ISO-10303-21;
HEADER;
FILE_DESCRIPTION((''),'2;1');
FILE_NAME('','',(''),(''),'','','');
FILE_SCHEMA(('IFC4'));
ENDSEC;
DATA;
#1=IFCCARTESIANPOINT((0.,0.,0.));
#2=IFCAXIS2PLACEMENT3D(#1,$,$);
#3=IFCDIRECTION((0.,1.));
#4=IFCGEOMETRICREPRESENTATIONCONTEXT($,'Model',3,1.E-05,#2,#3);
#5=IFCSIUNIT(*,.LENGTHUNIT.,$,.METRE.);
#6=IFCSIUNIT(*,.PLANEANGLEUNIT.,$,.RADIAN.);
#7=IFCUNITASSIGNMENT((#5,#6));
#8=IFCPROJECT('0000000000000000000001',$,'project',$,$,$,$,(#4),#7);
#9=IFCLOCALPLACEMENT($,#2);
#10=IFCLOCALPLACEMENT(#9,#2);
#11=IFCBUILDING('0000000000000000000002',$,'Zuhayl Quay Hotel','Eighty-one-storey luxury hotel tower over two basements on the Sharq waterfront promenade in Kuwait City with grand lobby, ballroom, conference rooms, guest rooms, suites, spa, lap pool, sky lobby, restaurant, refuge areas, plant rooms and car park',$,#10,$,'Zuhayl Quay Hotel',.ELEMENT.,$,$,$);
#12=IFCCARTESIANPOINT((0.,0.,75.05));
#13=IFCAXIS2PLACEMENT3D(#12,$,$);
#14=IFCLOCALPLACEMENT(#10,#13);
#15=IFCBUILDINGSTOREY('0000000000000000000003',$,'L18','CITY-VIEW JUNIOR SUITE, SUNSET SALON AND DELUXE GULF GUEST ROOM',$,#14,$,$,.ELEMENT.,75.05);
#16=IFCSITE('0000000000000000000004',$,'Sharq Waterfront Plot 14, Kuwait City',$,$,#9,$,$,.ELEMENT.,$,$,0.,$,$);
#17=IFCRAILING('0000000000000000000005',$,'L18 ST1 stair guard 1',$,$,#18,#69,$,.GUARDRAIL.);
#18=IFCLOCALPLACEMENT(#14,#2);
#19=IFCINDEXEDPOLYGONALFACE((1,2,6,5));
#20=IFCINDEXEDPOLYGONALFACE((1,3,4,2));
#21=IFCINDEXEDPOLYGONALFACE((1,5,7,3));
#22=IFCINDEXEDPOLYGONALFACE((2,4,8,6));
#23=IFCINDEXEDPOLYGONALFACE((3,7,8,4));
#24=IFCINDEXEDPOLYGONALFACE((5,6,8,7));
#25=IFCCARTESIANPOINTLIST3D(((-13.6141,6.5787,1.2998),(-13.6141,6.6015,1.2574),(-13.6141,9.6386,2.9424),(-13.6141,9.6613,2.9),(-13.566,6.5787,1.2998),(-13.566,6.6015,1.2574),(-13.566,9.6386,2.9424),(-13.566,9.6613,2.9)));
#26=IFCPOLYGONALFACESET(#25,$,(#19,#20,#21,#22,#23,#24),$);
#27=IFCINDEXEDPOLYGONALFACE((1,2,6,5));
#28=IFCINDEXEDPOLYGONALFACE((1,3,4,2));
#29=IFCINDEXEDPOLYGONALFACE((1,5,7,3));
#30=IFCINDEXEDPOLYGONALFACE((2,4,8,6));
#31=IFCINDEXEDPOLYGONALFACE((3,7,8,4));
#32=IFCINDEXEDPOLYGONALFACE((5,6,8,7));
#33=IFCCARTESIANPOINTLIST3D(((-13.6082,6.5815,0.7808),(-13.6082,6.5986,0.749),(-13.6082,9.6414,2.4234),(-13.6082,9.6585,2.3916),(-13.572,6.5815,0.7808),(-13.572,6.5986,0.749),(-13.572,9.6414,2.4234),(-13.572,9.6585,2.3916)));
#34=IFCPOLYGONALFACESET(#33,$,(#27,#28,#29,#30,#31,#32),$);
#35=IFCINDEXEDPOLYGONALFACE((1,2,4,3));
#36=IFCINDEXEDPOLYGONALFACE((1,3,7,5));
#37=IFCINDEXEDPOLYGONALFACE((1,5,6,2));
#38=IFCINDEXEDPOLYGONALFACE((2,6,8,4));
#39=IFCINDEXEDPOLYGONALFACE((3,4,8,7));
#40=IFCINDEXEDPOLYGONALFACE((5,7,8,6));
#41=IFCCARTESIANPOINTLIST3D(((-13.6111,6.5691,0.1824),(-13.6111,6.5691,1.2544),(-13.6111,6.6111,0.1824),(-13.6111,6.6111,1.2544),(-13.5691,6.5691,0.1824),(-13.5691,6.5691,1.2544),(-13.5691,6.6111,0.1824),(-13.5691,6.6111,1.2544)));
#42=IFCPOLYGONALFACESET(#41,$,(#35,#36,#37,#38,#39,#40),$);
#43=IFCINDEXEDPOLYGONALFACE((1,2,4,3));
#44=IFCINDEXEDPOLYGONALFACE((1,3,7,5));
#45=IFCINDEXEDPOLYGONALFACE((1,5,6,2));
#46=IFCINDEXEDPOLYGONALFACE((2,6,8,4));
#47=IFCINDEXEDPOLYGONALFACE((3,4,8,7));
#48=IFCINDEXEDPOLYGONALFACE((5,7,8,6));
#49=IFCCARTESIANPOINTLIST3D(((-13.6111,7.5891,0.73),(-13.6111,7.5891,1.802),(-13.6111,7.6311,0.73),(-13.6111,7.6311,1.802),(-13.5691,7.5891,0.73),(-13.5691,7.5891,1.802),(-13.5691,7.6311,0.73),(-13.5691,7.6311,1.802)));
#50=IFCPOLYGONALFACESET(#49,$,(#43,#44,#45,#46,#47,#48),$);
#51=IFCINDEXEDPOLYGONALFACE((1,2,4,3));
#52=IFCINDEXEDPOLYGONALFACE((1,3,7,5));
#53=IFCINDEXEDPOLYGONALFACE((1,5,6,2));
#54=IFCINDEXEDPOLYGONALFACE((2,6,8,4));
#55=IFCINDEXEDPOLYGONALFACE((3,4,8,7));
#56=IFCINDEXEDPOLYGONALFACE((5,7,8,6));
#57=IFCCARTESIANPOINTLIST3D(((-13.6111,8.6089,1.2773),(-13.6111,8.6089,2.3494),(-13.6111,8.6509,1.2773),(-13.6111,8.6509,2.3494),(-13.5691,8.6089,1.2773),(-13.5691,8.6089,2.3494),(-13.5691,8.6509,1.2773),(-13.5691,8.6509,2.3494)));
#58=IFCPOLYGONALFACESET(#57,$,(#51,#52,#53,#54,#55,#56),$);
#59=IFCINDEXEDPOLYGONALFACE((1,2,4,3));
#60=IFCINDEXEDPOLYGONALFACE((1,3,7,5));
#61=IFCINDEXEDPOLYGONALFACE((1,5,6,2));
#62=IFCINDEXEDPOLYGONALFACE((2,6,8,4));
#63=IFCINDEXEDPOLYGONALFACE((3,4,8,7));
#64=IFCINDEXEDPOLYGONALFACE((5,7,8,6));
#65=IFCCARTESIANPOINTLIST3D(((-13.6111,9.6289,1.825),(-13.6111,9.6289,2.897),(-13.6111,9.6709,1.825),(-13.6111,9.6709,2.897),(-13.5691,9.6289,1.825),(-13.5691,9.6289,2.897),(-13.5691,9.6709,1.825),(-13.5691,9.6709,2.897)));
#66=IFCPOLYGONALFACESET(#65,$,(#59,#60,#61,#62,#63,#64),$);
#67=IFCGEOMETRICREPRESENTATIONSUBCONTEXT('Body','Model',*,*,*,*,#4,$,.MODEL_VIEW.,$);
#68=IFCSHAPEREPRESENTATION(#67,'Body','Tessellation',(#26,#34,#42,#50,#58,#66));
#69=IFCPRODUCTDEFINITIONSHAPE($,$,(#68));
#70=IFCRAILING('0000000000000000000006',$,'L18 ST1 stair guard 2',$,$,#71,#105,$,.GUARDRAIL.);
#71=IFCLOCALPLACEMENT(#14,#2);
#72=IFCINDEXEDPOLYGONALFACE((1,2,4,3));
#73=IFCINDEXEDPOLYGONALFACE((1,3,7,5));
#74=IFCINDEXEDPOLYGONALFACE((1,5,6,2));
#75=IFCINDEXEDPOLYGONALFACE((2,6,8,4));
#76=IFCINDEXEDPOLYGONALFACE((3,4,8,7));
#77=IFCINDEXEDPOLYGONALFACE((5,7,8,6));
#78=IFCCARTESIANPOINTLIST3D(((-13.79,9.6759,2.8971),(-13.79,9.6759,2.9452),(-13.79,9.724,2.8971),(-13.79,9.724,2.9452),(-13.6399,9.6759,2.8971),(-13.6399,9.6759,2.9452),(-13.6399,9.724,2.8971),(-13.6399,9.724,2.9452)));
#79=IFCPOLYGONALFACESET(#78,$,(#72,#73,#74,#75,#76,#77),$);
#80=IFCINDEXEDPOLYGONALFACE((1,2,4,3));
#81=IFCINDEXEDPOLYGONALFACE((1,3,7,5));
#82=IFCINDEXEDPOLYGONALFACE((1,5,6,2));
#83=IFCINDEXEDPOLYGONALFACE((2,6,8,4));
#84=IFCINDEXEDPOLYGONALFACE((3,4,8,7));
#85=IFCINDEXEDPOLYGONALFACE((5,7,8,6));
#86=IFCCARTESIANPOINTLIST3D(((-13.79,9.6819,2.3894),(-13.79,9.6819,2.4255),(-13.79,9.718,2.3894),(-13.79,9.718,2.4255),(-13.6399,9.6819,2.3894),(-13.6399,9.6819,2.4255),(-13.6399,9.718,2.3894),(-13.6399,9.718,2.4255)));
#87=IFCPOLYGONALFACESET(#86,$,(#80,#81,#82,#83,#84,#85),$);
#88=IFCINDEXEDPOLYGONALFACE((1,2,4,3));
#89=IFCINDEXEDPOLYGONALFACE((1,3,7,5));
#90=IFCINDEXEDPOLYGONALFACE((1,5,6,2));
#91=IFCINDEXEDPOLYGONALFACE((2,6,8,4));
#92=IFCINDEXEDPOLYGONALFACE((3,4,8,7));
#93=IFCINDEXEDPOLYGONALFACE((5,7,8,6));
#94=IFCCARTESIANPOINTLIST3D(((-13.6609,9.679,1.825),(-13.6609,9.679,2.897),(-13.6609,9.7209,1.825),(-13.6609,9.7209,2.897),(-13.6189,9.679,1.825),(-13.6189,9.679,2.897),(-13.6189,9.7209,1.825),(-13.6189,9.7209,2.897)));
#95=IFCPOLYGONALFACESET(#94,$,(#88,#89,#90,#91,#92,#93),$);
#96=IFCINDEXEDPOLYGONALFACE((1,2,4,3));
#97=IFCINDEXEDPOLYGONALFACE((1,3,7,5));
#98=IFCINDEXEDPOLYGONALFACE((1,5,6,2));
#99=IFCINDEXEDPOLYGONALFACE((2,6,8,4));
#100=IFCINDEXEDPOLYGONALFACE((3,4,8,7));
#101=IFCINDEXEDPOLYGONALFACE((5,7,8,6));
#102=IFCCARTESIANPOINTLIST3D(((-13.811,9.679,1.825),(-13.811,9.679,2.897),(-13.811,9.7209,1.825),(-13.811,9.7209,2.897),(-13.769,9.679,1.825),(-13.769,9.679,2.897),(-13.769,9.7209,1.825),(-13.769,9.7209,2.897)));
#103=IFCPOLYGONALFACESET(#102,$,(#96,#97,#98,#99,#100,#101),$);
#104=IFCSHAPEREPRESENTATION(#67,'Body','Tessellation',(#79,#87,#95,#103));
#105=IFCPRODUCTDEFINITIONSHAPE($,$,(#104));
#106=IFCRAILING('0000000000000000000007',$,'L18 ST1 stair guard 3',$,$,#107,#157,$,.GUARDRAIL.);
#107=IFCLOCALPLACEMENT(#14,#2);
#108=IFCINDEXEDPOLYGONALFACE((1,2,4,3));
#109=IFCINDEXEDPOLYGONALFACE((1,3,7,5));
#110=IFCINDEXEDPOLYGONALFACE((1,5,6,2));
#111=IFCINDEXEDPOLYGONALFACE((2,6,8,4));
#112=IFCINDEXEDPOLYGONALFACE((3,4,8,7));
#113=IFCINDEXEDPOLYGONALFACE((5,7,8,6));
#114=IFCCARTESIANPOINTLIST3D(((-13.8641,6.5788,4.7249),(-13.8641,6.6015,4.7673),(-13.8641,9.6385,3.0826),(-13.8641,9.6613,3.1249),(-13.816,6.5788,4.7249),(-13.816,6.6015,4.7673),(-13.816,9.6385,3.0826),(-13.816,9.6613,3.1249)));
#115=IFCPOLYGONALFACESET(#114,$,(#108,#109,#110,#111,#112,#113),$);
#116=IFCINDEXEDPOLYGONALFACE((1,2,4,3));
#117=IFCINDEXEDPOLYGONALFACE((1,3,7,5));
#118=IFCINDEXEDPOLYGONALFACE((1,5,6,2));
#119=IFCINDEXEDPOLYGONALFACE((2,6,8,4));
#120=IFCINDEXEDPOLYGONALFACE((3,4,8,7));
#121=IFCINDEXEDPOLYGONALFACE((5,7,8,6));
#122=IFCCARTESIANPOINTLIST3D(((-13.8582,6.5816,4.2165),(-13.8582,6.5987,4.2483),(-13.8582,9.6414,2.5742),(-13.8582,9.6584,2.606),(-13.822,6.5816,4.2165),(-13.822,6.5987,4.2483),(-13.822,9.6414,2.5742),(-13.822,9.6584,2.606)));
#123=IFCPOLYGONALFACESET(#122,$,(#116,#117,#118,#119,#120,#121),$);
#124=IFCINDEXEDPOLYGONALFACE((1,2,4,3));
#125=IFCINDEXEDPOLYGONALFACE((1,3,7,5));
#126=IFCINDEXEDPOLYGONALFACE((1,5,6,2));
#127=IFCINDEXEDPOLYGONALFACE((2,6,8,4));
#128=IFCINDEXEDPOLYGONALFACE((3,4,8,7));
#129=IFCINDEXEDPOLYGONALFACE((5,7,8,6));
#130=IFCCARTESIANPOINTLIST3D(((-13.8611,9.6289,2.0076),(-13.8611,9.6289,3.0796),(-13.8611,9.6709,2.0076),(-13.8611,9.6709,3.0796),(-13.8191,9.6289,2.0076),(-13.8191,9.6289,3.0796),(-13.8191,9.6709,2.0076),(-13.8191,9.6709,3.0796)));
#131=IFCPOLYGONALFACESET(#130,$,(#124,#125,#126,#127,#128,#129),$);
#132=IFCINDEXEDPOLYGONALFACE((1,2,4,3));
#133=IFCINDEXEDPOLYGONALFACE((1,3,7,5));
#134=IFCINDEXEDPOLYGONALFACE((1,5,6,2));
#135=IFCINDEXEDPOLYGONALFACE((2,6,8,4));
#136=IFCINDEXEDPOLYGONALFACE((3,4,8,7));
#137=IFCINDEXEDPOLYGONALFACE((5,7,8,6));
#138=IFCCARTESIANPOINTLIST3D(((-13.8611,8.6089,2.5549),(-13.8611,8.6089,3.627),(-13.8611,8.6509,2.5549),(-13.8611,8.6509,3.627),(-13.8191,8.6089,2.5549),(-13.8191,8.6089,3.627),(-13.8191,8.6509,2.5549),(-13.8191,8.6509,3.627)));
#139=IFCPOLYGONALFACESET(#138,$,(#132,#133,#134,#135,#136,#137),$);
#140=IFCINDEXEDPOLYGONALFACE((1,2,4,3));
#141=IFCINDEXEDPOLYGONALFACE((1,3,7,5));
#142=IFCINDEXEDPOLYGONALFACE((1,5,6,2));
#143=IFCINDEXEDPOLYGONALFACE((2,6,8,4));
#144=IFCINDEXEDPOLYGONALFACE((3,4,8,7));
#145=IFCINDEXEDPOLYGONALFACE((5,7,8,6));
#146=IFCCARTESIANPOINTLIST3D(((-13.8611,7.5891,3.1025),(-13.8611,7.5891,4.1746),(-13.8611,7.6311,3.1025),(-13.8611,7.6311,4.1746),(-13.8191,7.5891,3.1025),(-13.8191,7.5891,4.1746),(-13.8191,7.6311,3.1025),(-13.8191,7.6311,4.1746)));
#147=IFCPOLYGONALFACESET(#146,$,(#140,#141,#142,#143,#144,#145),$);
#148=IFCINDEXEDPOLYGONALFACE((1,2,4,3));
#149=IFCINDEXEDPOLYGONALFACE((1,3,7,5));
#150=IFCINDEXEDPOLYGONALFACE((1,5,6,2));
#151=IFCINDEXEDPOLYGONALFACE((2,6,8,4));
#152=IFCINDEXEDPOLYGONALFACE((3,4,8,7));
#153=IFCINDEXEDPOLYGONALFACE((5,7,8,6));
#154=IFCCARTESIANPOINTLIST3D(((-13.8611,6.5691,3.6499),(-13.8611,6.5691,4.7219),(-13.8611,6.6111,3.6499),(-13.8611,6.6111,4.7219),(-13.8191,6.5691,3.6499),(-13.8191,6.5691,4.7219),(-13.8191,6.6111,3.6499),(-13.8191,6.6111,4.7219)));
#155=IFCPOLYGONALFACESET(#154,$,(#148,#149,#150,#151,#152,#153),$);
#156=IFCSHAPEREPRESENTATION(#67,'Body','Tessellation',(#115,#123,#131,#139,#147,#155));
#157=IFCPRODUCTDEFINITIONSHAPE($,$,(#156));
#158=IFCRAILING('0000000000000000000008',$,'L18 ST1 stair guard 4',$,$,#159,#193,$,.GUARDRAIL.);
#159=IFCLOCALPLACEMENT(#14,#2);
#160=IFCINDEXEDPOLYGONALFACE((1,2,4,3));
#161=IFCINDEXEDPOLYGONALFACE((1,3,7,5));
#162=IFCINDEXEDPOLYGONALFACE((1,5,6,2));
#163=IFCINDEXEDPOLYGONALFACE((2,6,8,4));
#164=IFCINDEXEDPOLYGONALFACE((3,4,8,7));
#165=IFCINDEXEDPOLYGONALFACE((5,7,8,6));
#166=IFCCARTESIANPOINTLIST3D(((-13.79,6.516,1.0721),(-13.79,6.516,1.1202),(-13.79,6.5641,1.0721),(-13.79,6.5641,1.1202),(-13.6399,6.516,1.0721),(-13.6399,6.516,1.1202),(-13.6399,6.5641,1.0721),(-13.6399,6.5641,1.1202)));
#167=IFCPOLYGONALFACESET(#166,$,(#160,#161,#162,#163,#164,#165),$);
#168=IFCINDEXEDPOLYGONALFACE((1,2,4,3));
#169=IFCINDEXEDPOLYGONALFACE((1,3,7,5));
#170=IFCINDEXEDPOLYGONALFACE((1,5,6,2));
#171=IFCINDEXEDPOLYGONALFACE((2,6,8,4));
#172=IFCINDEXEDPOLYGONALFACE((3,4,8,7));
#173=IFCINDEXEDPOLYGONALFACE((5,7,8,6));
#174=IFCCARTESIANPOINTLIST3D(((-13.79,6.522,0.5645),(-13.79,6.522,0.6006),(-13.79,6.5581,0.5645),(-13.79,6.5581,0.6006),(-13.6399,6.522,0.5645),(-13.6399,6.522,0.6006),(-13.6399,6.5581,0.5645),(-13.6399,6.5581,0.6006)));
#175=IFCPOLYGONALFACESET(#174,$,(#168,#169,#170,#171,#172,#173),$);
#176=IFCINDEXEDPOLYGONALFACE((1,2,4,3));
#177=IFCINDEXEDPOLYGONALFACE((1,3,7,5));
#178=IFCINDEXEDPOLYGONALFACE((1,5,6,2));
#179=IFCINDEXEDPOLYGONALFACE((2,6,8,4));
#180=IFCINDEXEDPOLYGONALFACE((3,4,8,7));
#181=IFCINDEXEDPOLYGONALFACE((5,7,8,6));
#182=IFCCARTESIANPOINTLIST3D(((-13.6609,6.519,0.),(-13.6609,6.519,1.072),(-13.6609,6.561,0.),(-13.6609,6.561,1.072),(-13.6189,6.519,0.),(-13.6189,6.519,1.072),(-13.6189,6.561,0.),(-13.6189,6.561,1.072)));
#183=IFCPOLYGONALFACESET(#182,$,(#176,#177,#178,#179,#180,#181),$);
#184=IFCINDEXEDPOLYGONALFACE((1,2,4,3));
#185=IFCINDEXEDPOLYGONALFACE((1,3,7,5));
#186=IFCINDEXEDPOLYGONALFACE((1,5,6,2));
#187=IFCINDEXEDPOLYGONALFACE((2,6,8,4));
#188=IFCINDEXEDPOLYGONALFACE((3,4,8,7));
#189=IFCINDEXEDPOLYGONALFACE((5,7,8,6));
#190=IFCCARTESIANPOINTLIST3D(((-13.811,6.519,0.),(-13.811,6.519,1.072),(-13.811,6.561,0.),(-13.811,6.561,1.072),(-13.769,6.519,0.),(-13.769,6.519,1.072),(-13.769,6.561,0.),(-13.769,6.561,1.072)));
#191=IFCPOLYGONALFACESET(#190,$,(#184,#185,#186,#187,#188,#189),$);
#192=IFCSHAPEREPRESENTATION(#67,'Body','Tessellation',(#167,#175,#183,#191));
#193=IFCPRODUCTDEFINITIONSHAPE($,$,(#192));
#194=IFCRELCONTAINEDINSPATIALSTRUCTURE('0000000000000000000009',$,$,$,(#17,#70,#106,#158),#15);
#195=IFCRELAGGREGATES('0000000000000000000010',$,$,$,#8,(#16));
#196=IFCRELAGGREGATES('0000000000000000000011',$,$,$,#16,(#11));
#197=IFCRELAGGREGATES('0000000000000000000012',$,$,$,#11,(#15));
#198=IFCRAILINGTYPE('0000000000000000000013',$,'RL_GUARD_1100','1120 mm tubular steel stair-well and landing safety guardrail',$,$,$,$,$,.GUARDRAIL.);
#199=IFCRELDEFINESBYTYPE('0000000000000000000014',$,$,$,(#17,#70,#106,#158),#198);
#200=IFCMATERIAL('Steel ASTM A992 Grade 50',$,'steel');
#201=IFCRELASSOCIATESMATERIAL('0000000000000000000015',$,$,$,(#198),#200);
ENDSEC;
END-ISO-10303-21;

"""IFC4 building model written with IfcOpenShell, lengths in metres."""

from ifc_helpers import new_model, si_unit, direction, frame, origin, origin_2d, place, context, subcontext, project, spatial, rectangle, extrude, material, type_object, element, save


model = new_model("IFC4")

# Units and contexts
model_context = context("Model", 3, precision=1e-05, world=origin(), true_north=direction((0.0, 1.0)))
body_context = subcontext(model_context, "Body", "Model", "MODEL_VIEW")
ifc_project = project(units=[si_unit("LENGTHUNIT", "METRE"), si_unit("PLANEANGLEUNIT", "RADIAN")], contexts=[model_context])

# Site, building, storey
site_placement = place(None, origin())
site = spatial("IfcSite", under=ifc_project, at=site_placement, Name="Sharq Waterfront Plot 14, Kuwait City", CompositionType="ELEMENT", RefElevation=0.0)
building_placement = place(site_placement, origin())
building = spatial("IfcBuilding", under=site, at=building_placement, Name="Zuhayl Quay Hotel", Description="Eighty-one-storey luxury hotel tower over two basements on the Sharq waterfront promenade in Kuwait City with grand lobby, ballroom, conference rooms, guest rooms, suites, spa, lap pool, sky lobby, restaurant, refuge areas, plant rooms and car park", LongName="Zuhayl Quay Hotel", CompositionType="ELEMENT")
storey_placement = place(building_placement, frame((0.0, 0.0, 75.05)))
storey = spatial("IfcBuildingStorey", under=building, at=storey_placement, Name="L18", Description="CITY-VIEW JUNIOR SUITE, SUNSET SALON AND DELUXE GULF GUEST ROOM", CompositionType="ELEMENT", Elevation=75.05)

# Shared definitions
ifc_material_1 = material(Name="Steel ASTM A992 Grade 50", Category="steel")

# Railings
railing_type_1 = type_object("IfcRailingType", Name="RL_GUARD_1100", Description="1120 mm tubular steel stair-well and landing safety guardrail", PredefinedType="GUARDRAIL", material=ifc_material_1)
railing_1_placement = place(storey_placement, frame((-13.5901, 6.5901, 0.1824)))
element("IfcRailing", 1, at=railing_1_placement, inside=storey, type_object=railing_type_1, Name="L18 ST1 stair guard 1", PredefinedType="GUARDRAIL", context=body_context, shape_type="SweptSolid", body=[
    extrude(rectangle(XDim=0.0481, YDim=0.0481, at=origin_2d()), frame((0.0, 0.0, 1.0962), z_axis=(0.0, 0.881073, 0.47298), x_axis=(-1.0, 0.0, 0.0)), (0.0, 0.0, 1.0), 3.4729),
    extrude(rectangle(XDim=0.0361, YDim=0.0361, at=origin_2d()), frame((0.0, 0.0, 0.5825), z_axis=(0.0, 0.881073, 0.47298), x_axis=(-1.0, 0.0, 0.0)), (0.0, 0.0, 1.0), 3.4729),
    extrude(rectangle(XDim=0.042, YDim=0.042, at=origin_2d()), origin(), (0.0, 0.0, 1.0), 1.072),
    extrude(rectangle(XDim=0.042, YDim=0.042, at=origin_2d()), frame((0.0, 1.02, 0.5476)), (0.0, 0.0, 1.0), 1.072),
    extrude(rectangle(XDim=0.042, YDim=0.042, at=origin_2d()), frame((0.0, 2.0398, 1.095)), (0.0, 0.0, 1.0), 1.072),
    extrude(rectangle(XDim=0.042, YDim=0.042, at=origin_2d()), frame((0.0, 3.0598, 1.6426)), (0.0, 0.0, 1.0), 1.072),
])
railing_2_placement = place(storey_placement, frame((-13.6399, 9.7, 1.825)))
element("IfcRailing", 2, at=railing_2_placement, inside=storey, type_object=railing_type_1, Name="L18 ST1 stair guard 2", PredefinedType="GUARDRAIL", context=body_context, shape_type="SweptSolid", body=[
    extrude(rectangle(XDim=0.0481, YDim=0.0481, at=origin_2d()), frame((0.0, 0.0, 1.0962), z_axis=(-1.0, 0.0, 0.0), x_axis=(0.0, -1.0, 0.0)), (0.0, 0.0, 1.0), 0.1501),
    extrude(rectangle(XDim=0.0361, YDim=0.0361, at=origin_2d()), frame((0.0, 0.0, 0.5825), z_axis=(-1.0, 0.0, 0.0), x_axis=(0.0, -1.0, 0.0)), (0.0, 0.0, 1.0), 0.1501),
    extrude(rectangle(XDim=0.042, YDim=0.042, at=origin_2d()), origin(), (0.0, 0.0, 1.0), 1.072),
    extrude(rectangle(XDim=0.042, YDim=0.042, at=origin_2d()), frame((-0.1501, 0.0, 0.0)), (0.0, 0.0, 1.0), 1.072),
])
railing_3_placement = place(storey_placement, frame((-13.8401, 9.6499, 2.0076)))
element("IfcRailing", 3, at=railing_3_placement, inside=storey, type_object=railing_type_1, Name="L18 ST1 stair guard 3", PredefinedType="GUARDRAIL", context=body_context, shape_type="SweptSolid", body=[
    extrude(rectangle(XDim=0.0481, YDim=0.0481, at=origin_2d()), frame((0.0, 0.0, 1.0962), z_axis=(0.0, -0.881102, 0.472926), x_axis=(1.0, 0.0, 0.0)), (0.0, 0.0, 1.0), 3.4727),
    extrude(rectangle(XDim=0.0361, YDim=0.0361, at=origin_2d()), frame((0.0, 0.0, 0.5825), z_axis=(0.0, -0.881102, 0.472926), x_axis=(1.0, 0.0, 0.0)), (0.0, 0.0, 1.0), 3.4727),
    extrude(rectangle(XDim=0.042, YDim=0.042, at=origin_2d()), origin(), (0.0, 0.0, 1.0), 1.072),
    extrude(rectangle(XDim=0.042, YDim=0.042, at=origin_2d()), frame((0.0, -1.02, 0.5474)), (0.0, 0.0, 1.0), 1.072),
    extrude(rectangle(XDim=0.042, YDim=0.042, at=origin_2d()), frame((0.0, -2.0398, 1.095)), (0.0, 0.0, 1.0), 1.072),
    extrude(rectangle(XDim=0.042, YDim=0.042, at=origin_2d()), frame((0.0, -3.0598, 1.6423)), (0.0, 0.0, 1.0), 1.072),
])
railing_4_placement = place(storey_placement, frame((-13.6399, 6.54, 0.0)))
element("IfcRailing", 4, at=railing_4_placement, inside=storey, type_object=railing_type_1, Name="L18 ST1 stair guard 4", PredefinedType="GUARDRAIL", context=body_context, shape_type="SweptSolid", body=[
    extrude(rectangle(XDim=0.0481, YDim=0.0481, at=origin_2d()), frame((0.0, 0.0, 1.0962), z_axis=(-1.0, 0.0, 0.0), x_axis=(0.0, -1.0, 0.0)), (0.0, 0.0, 1.0), 0.1501),
    extrude(rectangle(XDim=0.0361, YDim=0.0361, at=origin_2d()), frame((0.0, 0.0, 0.5825), z_axis=(-1.0, 0.0, 0.0), x_axis=(0.0, -1.0, 0.0)), (0.0, 0.0, 1.0), 0.1501),
    extrude(rectangle(XDim=0.042, YDim=0.042, at=origin_2d()), origin(), (0.0, 0.0, 1.0), 1.072),
    extrude(rectangle(XDim=0.042, YDim=0.042, at=origin_2d()), frame((-0.1501, 0.0, 0.0)), (0.0, 0.0, 1.0), 1.072),
])

save(model, "model.ifc")
